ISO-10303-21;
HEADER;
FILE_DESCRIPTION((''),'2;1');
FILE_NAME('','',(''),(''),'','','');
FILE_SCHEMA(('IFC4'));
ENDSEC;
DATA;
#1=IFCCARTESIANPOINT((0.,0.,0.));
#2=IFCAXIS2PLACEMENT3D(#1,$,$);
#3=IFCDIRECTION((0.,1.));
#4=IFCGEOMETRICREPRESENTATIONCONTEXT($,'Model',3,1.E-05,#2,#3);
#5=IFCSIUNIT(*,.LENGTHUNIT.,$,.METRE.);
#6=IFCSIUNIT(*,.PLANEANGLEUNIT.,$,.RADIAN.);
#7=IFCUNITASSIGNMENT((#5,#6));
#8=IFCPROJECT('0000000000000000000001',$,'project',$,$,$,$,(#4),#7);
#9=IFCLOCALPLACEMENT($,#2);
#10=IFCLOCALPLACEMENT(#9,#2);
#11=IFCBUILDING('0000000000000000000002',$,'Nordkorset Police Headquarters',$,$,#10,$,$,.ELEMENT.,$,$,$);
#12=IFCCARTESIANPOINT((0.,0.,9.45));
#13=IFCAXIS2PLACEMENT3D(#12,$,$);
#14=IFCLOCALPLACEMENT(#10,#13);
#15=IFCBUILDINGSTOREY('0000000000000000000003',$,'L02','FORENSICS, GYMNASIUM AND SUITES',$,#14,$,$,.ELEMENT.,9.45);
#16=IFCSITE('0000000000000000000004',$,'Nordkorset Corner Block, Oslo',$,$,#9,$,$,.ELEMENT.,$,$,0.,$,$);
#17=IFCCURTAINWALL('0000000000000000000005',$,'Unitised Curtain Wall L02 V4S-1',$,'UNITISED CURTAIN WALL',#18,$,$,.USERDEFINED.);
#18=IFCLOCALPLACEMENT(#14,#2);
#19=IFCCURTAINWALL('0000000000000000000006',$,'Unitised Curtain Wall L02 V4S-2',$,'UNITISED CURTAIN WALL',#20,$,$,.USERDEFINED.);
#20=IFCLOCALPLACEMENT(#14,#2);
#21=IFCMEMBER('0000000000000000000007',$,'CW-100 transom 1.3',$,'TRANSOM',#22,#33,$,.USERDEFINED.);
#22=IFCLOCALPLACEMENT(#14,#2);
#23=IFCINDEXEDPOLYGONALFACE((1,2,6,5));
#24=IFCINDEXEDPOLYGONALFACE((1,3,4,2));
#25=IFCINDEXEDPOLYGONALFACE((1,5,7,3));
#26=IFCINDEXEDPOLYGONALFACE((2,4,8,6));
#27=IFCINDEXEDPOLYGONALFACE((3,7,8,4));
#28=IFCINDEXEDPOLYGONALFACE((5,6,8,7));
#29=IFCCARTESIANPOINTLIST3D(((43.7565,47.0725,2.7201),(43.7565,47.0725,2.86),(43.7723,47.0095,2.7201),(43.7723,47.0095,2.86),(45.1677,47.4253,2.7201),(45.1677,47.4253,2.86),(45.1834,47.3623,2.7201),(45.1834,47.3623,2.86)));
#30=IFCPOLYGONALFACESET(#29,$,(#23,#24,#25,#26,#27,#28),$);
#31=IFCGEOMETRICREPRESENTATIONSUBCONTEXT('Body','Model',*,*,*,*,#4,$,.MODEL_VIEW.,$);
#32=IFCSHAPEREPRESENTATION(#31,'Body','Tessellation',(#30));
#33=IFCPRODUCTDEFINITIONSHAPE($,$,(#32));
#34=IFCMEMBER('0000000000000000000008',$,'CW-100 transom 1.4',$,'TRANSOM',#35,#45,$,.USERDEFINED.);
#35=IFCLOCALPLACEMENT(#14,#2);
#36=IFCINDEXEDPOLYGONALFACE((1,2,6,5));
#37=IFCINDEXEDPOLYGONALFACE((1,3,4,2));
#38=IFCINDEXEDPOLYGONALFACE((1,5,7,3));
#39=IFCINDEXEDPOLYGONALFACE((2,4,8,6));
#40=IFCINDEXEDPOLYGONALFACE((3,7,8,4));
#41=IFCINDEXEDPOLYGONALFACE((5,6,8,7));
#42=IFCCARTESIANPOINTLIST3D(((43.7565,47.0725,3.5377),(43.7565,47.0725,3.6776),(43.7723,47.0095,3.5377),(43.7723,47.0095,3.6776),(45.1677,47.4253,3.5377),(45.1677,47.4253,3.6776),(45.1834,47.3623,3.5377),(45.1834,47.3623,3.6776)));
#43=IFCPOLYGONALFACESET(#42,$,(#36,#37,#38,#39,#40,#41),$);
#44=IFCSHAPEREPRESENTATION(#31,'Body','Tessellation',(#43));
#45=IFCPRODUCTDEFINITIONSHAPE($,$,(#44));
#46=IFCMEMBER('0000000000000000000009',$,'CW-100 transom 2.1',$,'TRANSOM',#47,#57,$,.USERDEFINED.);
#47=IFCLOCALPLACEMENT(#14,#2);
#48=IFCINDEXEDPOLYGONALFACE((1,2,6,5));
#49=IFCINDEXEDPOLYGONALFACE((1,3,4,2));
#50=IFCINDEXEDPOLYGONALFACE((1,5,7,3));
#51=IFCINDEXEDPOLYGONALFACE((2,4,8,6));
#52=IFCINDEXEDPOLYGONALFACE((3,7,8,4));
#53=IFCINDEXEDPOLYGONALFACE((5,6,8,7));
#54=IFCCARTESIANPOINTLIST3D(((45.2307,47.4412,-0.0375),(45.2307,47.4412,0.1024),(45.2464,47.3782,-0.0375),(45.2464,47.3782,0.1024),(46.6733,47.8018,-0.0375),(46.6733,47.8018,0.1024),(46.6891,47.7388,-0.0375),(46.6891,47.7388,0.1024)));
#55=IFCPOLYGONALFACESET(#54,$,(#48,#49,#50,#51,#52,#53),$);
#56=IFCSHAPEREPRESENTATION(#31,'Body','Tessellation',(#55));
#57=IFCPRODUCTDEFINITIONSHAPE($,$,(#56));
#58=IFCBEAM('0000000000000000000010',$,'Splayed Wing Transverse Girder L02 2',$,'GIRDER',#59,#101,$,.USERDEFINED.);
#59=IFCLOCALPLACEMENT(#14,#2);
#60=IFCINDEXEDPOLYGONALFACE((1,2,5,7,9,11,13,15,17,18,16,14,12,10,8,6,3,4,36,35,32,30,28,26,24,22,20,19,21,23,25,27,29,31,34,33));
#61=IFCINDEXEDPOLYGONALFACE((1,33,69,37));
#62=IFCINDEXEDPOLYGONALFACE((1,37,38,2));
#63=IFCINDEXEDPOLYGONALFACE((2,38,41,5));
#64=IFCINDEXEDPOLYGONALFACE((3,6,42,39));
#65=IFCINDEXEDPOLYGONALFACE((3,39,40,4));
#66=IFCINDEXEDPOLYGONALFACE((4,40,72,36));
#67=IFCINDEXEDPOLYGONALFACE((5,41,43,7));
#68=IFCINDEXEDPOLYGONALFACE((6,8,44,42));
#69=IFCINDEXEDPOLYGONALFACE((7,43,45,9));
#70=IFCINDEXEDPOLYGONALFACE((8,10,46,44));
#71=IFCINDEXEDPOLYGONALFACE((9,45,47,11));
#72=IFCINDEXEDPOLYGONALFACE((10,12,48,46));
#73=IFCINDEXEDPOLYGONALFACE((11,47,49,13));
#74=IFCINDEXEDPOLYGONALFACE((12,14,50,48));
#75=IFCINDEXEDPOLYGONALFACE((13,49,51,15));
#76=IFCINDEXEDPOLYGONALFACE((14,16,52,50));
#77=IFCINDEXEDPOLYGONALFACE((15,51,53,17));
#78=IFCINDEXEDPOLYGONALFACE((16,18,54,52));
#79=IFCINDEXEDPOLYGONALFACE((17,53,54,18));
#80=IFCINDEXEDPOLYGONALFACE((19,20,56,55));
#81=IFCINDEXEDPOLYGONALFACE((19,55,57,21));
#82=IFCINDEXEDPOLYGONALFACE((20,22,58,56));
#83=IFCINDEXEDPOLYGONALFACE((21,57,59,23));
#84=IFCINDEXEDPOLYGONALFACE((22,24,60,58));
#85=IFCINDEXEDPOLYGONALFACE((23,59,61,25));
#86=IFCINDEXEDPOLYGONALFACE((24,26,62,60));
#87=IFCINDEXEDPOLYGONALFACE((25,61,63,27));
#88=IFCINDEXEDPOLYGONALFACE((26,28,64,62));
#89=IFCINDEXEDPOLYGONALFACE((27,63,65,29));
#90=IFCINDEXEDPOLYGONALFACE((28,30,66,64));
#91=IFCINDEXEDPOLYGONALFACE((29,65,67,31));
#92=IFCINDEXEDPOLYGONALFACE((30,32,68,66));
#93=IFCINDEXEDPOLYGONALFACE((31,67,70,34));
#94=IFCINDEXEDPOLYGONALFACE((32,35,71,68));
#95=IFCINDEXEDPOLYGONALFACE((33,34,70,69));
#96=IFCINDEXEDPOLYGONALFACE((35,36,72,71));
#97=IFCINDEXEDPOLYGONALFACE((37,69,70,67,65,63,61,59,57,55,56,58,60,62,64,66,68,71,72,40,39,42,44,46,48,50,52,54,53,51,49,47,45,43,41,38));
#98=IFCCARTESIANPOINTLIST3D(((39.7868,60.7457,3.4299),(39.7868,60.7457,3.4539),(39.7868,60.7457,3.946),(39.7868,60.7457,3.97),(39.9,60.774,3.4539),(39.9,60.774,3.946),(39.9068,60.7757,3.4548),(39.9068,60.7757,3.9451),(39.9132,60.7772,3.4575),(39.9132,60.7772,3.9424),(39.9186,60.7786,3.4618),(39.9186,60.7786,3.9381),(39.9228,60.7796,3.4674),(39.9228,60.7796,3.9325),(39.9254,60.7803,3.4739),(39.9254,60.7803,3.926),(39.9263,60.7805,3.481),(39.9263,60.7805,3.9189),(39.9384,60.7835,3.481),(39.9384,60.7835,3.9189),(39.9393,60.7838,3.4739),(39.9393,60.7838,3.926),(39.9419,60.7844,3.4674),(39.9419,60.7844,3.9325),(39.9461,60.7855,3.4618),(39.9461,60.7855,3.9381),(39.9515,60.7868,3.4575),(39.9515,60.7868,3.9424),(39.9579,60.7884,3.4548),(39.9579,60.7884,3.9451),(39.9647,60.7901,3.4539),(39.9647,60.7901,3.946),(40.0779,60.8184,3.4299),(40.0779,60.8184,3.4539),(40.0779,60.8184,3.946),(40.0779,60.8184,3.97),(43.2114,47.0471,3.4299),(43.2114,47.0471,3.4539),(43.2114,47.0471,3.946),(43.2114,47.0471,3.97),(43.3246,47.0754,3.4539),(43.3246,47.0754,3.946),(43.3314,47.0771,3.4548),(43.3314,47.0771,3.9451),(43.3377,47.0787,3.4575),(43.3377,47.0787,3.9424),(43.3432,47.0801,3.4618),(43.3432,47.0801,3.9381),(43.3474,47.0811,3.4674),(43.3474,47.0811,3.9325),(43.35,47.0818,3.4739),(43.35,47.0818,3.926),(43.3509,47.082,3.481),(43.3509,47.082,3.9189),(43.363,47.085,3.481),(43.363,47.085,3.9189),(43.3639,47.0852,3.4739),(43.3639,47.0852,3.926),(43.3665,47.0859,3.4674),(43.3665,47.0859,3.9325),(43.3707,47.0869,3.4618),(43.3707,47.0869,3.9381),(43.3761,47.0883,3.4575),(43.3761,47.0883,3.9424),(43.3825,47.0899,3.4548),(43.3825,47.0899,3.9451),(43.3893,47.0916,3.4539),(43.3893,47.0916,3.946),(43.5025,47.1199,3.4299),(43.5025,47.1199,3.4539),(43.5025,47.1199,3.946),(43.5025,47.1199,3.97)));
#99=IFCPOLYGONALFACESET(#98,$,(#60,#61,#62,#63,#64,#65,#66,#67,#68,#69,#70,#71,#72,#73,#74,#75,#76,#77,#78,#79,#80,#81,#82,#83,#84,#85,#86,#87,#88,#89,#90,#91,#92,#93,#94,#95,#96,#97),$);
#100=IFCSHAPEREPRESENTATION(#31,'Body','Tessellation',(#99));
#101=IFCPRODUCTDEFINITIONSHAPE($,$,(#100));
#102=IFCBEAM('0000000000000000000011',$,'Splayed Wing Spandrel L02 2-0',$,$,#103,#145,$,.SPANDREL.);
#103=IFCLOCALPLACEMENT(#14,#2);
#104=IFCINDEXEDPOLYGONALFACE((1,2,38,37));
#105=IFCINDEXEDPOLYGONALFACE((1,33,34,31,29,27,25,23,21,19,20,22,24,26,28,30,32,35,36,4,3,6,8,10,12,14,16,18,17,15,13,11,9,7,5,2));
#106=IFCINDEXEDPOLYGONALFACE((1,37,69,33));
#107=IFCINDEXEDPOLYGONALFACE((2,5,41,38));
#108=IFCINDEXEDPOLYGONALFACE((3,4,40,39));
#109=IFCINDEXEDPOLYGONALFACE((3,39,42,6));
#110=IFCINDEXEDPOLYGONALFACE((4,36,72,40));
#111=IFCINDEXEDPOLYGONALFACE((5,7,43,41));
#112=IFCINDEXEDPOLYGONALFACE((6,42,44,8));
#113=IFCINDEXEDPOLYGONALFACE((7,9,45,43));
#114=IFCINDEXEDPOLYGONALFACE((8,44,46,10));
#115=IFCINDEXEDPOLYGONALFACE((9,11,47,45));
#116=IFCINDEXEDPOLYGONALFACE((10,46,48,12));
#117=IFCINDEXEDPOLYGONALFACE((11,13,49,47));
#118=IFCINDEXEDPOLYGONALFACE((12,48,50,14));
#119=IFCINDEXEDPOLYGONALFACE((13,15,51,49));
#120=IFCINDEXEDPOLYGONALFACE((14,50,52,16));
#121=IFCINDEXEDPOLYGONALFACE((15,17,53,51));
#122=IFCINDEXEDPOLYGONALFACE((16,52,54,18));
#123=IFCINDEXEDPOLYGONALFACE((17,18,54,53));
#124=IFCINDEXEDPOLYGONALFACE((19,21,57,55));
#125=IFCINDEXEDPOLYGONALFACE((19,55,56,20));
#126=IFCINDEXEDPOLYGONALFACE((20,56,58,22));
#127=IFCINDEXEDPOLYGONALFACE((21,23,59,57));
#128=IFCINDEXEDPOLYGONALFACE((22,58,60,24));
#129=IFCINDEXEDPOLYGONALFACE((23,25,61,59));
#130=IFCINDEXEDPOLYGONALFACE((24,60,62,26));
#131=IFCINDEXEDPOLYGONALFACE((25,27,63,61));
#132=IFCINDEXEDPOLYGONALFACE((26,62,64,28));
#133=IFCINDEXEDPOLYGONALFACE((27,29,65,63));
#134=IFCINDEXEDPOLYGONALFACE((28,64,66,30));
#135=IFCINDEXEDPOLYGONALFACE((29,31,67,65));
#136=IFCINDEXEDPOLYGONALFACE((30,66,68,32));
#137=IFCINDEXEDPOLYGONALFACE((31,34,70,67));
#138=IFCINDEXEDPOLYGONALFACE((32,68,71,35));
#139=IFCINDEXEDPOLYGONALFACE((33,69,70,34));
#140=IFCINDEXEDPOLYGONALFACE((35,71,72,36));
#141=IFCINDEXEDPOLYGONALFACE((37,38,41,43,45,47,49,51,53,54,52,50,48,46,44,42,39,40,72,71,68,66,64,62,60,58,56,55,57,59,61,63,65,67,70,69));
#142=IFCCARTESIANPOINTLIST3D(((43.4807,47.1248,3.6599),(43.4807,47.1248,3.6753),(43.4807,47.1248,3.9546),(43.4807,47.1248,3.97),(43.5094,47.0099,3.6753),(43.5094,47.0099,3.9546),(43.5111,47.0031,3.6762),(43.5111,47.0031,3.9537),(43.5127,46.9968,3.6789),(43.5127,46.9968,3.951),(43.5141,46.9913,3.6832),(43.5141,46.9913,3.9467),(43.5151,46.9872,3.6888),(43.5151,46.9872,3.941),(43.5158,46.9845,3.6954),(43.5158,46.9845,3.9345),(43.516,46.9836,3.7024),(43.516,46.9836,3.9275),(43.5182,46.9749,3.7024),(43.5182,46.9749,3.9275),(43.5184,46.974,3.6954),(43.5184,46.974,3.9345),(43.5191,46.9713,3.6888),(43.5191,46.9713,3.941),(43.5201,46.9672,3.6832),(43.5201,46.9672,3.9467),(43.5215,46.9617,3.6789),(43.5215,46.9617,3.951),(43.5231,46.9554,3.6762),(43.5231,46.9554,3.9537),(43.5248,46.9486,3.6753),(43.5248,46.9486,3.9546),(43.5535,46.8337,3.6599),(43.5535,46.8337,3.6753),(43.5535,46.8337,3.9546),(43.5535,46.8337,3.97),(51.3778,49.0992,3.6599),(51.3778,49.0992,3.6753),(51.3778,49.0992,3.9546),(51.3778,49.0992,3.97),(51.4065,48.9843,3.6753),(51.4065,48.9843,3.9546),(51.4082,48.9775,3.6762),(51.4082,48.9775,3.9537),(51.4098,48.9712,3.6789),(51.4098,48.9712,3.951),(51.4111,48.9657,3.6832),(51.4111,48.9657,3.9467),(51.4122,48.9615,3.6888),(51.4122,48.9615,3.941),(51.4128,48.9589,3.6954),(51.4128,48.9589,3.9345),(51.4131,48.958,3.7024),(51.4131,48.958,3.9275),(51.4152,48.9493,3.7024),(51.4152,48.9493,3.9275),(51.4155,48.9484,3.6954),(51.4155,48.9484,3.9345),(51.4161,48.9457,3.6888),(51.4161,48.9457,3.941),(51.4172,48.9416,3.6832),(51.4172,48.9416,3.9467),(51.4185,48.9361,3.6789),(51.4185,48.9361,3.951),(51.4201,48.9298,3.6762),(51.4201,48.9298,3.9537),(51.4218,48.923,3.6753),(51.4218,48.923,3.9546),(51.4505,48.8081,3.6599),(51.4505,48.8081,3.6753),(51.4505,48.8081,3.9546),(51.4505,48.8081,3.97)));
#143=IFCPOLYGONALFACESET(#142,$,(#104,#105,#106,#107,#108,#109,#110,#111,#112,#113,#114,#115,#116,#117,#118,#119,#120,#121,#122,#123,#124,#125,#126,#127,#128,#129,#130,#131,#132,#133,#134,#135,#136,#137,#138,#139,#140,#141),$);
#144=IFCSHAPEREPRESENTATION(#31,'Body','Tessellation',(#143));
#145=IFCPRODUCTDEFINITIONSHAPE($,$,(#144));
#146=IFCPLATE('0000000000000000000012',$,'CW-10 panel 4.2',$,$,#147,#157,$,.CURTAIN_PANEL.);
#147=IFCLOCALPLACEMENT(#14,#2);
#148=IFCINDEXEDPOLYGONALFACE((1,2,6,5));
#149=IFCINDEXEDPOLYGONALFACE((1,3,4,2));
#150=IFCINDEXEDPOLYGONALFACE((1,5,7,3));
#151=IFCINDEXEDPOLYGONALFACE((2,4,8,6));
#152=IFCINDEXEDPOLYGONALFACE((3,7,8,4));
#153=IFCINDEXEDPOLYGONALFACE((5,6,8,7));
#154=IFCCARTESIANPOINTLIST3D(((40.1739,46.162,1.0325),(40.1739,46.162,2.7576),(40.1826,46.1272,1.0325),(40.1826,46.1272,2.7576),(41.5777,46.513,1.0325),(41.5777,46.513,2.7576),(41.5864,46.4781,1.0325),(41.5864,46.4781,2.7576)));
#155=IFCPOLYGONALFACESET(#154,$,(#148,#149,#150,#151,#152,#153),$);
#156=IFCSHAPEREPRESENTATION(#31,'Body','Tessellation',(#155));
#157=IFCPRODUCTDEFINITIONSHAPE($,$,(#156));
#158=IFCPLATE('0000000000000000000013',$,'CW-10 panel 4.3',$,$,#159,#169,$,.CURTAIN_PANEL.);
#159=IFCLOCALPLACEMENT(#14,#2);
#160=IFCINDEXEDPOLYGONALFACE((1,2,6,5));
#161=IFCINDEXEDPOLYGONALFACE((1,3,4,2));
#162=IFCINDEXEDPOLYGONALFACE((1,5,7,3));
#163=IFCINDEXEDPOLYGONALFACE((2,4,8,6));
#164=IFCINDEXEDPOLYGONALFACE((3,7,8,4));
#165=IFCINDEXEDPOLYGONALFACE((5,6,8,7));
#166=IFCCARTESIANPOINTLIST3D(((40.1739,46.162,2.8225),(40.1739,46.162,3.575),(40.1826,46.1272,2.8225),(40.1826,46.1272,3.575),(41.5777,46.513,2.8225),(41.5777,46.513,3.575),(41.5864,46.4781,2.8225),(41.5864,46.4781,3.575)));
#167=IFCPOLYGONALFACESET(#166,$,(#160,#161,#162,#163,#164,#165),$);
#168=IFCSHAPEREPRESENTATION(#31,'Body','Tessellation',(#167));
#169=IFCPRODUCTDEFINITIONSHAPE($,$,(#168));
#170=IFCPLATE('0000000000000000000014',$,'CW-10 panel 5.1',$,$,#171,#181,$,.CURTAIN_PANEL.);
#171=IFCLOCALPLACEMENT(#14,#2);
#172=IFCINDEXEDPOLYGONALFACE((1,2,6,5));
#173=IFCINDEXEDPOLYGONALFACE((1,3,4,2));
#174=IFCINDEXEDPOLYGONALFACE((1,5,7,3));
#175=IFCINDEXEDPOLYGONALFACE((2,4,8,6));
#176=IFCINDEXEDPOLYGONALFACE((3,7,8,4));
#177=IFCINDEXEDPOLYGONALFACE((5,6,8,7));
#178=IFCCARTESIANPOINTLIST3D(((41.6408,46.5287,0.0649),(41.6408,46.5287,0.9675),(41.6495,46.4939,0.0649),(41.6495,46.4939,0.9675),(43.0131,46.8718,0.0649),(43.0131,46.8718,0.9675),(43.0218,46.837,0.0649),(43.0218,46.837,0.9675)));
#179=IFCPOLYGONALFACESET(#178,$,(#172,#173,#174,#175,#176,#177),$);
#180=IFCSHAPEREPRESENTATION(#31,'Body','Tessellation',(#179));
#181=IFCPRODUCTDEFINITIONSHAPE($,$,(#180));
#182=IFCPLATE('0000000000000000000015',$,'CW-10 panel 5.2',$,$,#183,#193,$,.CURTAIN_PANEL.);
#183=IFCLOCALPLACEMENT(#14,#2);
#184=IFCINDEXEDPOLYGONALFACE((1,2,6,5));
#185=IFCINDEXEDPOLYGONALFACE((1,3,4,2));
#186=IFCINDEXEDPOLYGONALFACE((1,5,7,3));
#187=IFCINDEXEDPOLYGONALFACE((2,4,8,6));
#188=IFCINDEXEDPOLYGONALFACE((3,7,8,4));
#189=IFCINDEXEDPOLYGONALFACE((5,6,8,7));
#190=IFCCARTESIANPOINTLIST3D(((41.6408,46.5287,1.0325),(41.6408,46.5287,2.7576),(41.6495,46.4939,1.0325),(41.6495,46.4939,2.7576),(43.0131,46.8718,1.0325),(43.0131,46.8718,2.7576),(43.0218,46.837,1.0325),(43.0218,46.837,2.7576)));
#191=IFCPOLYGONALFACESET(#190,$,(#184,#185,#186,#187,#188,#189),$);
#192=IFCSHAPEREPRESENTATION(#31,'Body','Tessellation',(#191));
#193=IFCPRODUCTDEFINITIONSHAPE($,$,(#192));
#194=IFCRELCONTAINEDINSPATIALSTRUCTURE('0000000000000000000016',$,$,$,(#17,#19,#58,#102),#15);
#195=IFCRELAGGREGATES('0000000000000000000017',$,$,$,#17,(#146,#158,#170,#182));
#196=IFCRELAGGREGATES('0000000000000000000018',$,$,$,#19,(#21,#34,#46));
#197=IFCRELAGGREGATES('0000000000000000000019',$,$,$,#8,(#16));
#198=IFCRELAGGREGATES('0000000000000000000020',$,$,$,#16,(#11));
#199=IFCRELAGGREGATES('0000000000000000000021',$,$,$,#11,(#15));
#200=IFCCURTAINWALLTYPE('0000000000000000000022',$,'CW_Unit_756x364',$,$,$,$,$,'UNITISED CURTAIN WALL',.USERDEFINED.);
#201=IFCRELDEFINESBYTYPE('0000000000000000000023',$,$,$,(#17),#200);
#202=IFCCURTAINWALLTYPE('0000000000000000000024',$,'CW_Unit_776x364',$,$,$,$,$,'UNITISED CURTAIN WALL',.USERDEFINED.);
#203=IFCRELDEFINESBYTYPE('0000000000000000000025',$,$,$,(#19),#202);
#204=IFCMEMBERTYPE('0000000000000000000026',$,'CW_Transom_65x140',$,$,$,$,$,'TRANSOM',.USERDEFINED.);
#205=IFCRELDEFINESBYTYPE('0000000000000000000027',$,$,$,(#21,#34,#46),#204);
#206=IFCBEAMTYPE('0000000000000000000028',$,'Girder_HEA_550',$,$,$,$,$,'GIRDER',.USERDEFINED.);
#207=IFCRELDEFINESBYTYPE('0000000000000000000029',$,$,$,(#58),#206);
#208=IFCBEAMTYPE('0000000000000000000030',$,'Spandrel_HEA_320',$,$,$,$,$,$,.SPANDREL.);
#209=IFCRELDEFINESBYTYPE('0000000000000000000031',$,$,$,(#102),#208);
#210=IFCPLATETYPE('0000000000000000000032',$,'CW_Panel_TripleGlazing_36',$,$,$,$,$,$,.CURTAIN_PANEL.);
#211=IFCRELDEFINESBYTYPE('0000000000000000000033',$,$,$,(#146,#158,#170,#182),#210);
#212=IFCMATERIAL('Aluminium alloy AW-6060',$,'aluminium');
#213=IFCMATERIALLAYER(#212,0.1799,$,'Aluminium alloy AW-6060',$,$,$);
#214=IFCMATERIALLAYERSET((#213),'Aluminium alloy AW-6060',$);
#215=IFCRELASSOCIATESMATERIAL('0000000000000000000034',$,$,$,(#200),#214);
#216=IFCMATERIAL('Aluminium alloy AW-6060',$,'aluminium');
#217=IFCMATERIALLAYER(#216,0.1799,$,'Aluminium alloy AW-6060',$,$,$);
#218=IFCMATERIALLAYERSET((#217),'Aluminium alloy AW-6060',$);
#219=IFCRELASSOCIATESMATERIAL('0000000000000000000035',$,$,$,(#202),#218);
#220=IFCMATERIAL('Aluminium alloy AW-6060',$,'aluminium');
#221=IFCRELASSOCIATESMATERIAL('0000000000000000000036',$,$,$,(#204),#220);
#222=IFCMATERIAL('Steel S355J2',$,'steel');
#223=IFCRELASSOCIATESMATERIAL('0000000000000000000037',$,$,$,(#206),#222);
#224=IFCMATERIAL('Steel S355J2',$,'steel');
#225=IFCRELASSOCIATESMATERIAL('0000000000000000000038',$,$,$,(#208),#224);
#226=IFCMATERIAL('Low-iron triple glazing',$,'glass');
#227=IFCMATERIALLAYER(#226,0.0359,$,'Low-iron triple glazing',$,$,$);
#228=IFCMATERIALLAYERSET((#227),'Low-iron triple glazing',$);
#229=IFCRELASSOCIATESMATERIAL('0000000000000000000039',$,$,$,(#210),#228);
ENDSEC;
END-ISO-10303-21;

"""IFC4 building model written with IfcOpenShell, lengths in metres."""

from ifc_helpers import new_model, si_unit, direction, frame, origin, origin_2d, place, context, subcontext, project, spatial, rectangle, i_section, extrude, material, layer, layer_set, material_profile, profile_set, type_object, element, aggregate, save


model = new_model("IFC4")

# Units and contexts
model_context = context("Model", 3, precision=1e-05, world=origin(), true_north=direction((0.0, 1.0)))
body_context = subcontext(model_context, "Body", "Model", "MODEL_VIEW")
ifc_project = project(units=[si_unit("LENGTHUNIT", "METRE"), si_unit("PLANEANGLEUNIT", "RADIAN")], contexts=[model_context])

# Site, building, storey
site_placement = place(None, origin())
site = spatial("IfcSite", under=ifc_project, at=site_placement, Name="Nordkorset Corner Block, Oslo", CompositionType="ELEMENT", RefElevation=0.0)
building_placement = place(site_placement, origin())
building = spatial("IfcBuilding", under=site, at=building_placement, Name="Nordkorset Police Headquarters", CompositionType="ELEMENT")
storey_placement = place(building_placement, frame((0.0, 0.0, 9.45)))
storey = spatial("IfcBuildingStorey", under=building, at=storey_placement, Name="L02", Description="FORENSICS, GYMNASIUM AND SUITES", CompositionType="ELEMENT", Elevation=9.45)

# Curtain walls
ifc_material_1 = material(Name="Aluminium alloy AW-6060", Category="aluminium")
ifc_layer_1 = layer(ifc_material_1, 0.1799, Name="Aluminium alloy AW-6060")
ifc_layer_set_1 = layer_set([ifc_layer_1], Name="Aluminium alloy AW-6060")
curtain_wall_type_1 = type_object("IfcCurtainWallType", Name="CW_Unit_756x364", ElementType="UNITISED CURTAIN WALL", PredefinedType="USERDEFINED", material=ifc_layer_set_1)
curtain_wall_1_placement = place(storey_placement, origin())
curtain_wall_1 = element("IfcCurtainWall", 1, at=curtain_wall_1_placement, inside=storey, type_object=curtain_wall_type_1, Name="Unitised Curtain Wall L02 V4S-1", ObjectType="UNITISED CURTAIN WALL", PredefinedType="USERDEFINED")
ifc_material_2 = material(Name="Aluminium alloy AW-6060", Category="aluminium")
ifc_layer_2 = layer(ifc_material_2, 0.1799, Name="Aluminium alloy AW-6060")
ifc_layer_set_2 = layer_set([ifc_layer_2], Name="Aluminium alloy AW-6060")
curtain_wall_type_2 = type_object("IfcCurtainWallType", Name="CW_Unit_776x364", ElementType="UNITISED CURTAIN WALL", PredefinedType="USERDEFINED", material=ifc_layer_set_2)
curtain_wall_2_placement = place(storey_placement, origin())
curtain_wall_2 = element("IfcCurtainWall", 2, at=curtain_wall_2_placement, inside=storey, type_object=curtain_wall_type_2, Name="Unitised Curtain Wall L02 V4S-2", ObjectType="UNITISED CURTAIN WALL", PredefinedType="USERDEFINED")

# Members
ifc_material_3 = material(Name="Aluminium alloy AW-6060", Category="aluminium")
ifc_material_profile_1 = material_profile(ifc_material_3, rectangle(XDim=0.0649, YDim=0.1399, at=origin_2d()), Name="ALU TRAN 65x140")
ifc_profile_set_1 = profile_set([ifc_material_profile_1], Name="Aluminium alloy AW-6060")
member_type_1 = type_object("IfcMemberType", Name="CW_Transom_65x140", ElementType="TRANSOM", PredefinedType="USERDEFINED", material=ifc_profile_set_1)
member_1_placement = place(storey_placement, frame((43.7644, 47.041, 2.79), z_axis=(0.970143, 0.242536, 0.0), x_axis=(-0.242536, 0.970143, 0.0)))
member_1 = element("IfcMember", 3, at=member_1_placement, type_object=member_type_1, Name="CW-100 transom 1.3", ObjectType="TRANSOM", PredefinedType="USERDEFINED", context=body_context, shape_type="SweptSolid", body=[
    extrude(rectangle(XDim=0.0649, YDim=0.1399, at=origin_2d()), origin(), (0.0, 0.0, 1.0), 1.4546),
])
member_2_placement = place(storey_placement, frame((43.7644, 47.041, 3.6077), z_axis=(0.970143, 0.242536, 0.0), x_axis=(-0.242536, 0.970143, 0.0)))
member_2 = element("IfcMember", 4, at=member_2_placement, type_object=member_type_1, Name="CW-100 transom 1.4", ObjectType="TRANSOM", PredefinedType="USERDEFINED", context=body_context, shape_type="SweptSolid", body=[
    extrude(rectangle(XDim=0.0649, YDim=0.1399, at=origin_2d()), origin(), (0.0, 0.0, 1.0), 1.4546),
])
member_3_placement = place(storey_placement, frame((45.2385, 47.4097, 0.0325), z_axis=(0.970152, 0.242497, 0.0), x_axis=(-0.242497, 0.970152, 0.0)))
member_3 = element("IfcMember", 5, at=member_3_placement, type_object=member_type_1, Name="CW-100 transom 2.1", ObjectType="TRANSOM", PredefinedType="USERDEFINED", context=body_context, shape_type="SweptSolid", body=[
    extrude(rectangle(XDim=0.0649, YDim=0.1399, at=origin_2d()), origin(), (0.0, 0.0, 1.0), 1.4871),
])

# Beams
ifc_material_4 = material(Name="Steel S355J2", Category="steel")
ifc_material_profile_2 = material_profile(ifc_material_4, i_section(OverallWidth=0.3, OverallDepth=0.54, WebThickness=0.0125, FlangeThickness=0.0239, FilletRadius=0.0271, at=origin_2d()), Name="HEA 550")
ifc_profile_set_2 = profile_set([ifc_material_profile_2], Name="Steel S355J2")
beam_type_1 = type_object("IfcBeamType", Name="Girder_HEA_550", ElementType="GIRDER", PredefinedType="USERDEFINED", material=ifc_profile_set_2)
beam_1_placement = place(storey_placement, frame((43.3569, 47.0835, 3.7), z_axis=(-0.242532, 0.970144, 0.0), x_axis=(-0.970144, -0.242532, 0.0)))
element("IfcBeam", 6, at=beam_1_placement, inside=storey, type_object=beam_type_1, Name="Splayed Wing Transverse Girder L02 2", ObjectType="GIRDER", PredefinedType="USERDEFINED", context=body_context, shape_type="SweptSolid", body=[
    extrude(i_section(OverallWidth=0.3, OverallDepth=0.54, WebThickness=0.0125, FlangeThickness=0.0239, FilletRadius=0.0271, at=origin_2d()), origin(), (0.0, 0.0, 1.0), 14.1201),
])
ifc_material_5 = material(Name="Steel S355J2", Category="steel")
ifc_material_profile_3 = material_profile(ifc_material_5, i_section(OverallWidth=0.3, OverallDepth=0.3101, WebThickness=0.009, FlangeThickness=0.0154, FilletRadius=0.0271, at=origin_2d()), Name="HEA 320")
ifc_profile_set_3 = profile_set([ifc_material_profile_3], Name="Steel S355J2")
beam_type_2 = type_object("IfcBeamType", Name="Spandrel_HEA_320", PredefinedType="SPANDREL", material=ifc_profile_set_3)
beam_2_placement = place(storey_placement, frame((43.5171, 46.9792, 3.8149), z_axis=(0.970139, 0.24255, 0.0), x_axis=(-0.24255, 0.970139, 0.0)))
element("IfcBeam", 7, at=beam_2_placement, inside=storey, type_object=beam_type_2, Name="Splayed Wing Spandrel L02 2-0", PredefinedType="SPANDREL", context=body_context, shape_type="SweptSolid", body=[
    extrude(i_section(OverallWidth=0.3, OverallDepth=0.3101, WebThickness=0.009, FlangeThickness=0.0154, FilletRadius=0.0271, at=origin_2d()), origin(), (0.0, 0.0, 1.0), 8.1401),
])

# Plates
ifc_material_6 = material(Name="Low-iron triple glazing", Category="glass")
ifc_layer_3 = layer(ifc_material_6, 0.0359, Name="Low-iron triple glazing")
ifc_layer_set_3 = layer_set([ifc_layer_3], Name="Low-iron triple glazing")
plate_type = type_object("IfcPlateType", Name="CW_Panel_TripleGlazing_36", PredefinedType="CURTAIN_PANEL", material=ifc_layer_set_3)
plate_1_placement = place(storey_placement, frame((40.8801, 46.3201, 1.0325), z_axis=(0.0, 0.0, 1.0), x_axis=(0.970143, 0.242536, 0.0)))
plate_1 = element("IfcPlate", 8, at=plate_1_placement, type_object=plate_type, Name="CW-10 panel 4.2", PredefinedType="CURTAIN_PANEL", context=body_context, shape_type="SweptSolid", body=[
    extrude(rectangle(XDim=1.447, YDim=0.0359, at=origin_2d()), origin(), (0.0, 0.0, 1.0), 1.7251),
])
plate_2_placement = place(storey_placement, frame((40.8801, 46.3201, 2.8225), z_axis=(0.0, 0.0, 1.0), x_axis=(0.970143, 0.242536, 0.0)))
plate_2 = element("IfcPlate", 9, at=plate_2_placement, type_object=plate_type, Name="CW-10 panel 4.3", PredefinedType="CURTAIN_PANEL", context=body_context, shape_type="SweptSolid", body=[
    extrude(rectangle(XDim=1.447, YDim=0.0359, at=origin_2d()), origin(), (0.0, 0.0, 1.0), 0.7524),
])
plate_3_placement = place(storey_placement, frame((42.3313, 46.6829, 0.0649), z_axis=(0.0, 0.0, 1.0), x_axis=(0.970143, 0.242536, 0.0)))
plate_3 = element("IfcPlate", 10, at=plate_3_placement, type_object=plate_type, Name="CW-10 panel 5.1", PredefinedType="CURTAIN_PANEL", context=body_context, shape_type="SweptSolid", body=[
    extrude(rectangle(XDim=1.4146, YDim=0.0359, at=origin_2d()), origin(), (0.0, 0.0, 1.0), 0.9026),
])
plate_4_placement = place(storey_placement, frame((42.3313, 46.6829, 1.0325), z_axis=(0.0, 0.0, 1.0), x_axis=(0.970143, 0.242536, 0.0)))
plate_4 = element("IfcPlate", 11, at=plate_4_placement, type_object=plate_type, Name="CW-10 panel 5.2", PredefinedType="CURTAIN_PANEL", context=body_context, shape_type="SweptSolid", body=[
    extrude(rectangle(XDim=1.4146, YDim=0.0359, at=origin_2d()), origin(), (0.0, 0.0, 1.0), 1.7251),
])
aggregate(curtain_wall_1, [plate_1, plate_2, plate_3, plate_4])
aggregate(curtain_wall_2, [member_1, member_2, member_3])

save(model, "model.ifc")
